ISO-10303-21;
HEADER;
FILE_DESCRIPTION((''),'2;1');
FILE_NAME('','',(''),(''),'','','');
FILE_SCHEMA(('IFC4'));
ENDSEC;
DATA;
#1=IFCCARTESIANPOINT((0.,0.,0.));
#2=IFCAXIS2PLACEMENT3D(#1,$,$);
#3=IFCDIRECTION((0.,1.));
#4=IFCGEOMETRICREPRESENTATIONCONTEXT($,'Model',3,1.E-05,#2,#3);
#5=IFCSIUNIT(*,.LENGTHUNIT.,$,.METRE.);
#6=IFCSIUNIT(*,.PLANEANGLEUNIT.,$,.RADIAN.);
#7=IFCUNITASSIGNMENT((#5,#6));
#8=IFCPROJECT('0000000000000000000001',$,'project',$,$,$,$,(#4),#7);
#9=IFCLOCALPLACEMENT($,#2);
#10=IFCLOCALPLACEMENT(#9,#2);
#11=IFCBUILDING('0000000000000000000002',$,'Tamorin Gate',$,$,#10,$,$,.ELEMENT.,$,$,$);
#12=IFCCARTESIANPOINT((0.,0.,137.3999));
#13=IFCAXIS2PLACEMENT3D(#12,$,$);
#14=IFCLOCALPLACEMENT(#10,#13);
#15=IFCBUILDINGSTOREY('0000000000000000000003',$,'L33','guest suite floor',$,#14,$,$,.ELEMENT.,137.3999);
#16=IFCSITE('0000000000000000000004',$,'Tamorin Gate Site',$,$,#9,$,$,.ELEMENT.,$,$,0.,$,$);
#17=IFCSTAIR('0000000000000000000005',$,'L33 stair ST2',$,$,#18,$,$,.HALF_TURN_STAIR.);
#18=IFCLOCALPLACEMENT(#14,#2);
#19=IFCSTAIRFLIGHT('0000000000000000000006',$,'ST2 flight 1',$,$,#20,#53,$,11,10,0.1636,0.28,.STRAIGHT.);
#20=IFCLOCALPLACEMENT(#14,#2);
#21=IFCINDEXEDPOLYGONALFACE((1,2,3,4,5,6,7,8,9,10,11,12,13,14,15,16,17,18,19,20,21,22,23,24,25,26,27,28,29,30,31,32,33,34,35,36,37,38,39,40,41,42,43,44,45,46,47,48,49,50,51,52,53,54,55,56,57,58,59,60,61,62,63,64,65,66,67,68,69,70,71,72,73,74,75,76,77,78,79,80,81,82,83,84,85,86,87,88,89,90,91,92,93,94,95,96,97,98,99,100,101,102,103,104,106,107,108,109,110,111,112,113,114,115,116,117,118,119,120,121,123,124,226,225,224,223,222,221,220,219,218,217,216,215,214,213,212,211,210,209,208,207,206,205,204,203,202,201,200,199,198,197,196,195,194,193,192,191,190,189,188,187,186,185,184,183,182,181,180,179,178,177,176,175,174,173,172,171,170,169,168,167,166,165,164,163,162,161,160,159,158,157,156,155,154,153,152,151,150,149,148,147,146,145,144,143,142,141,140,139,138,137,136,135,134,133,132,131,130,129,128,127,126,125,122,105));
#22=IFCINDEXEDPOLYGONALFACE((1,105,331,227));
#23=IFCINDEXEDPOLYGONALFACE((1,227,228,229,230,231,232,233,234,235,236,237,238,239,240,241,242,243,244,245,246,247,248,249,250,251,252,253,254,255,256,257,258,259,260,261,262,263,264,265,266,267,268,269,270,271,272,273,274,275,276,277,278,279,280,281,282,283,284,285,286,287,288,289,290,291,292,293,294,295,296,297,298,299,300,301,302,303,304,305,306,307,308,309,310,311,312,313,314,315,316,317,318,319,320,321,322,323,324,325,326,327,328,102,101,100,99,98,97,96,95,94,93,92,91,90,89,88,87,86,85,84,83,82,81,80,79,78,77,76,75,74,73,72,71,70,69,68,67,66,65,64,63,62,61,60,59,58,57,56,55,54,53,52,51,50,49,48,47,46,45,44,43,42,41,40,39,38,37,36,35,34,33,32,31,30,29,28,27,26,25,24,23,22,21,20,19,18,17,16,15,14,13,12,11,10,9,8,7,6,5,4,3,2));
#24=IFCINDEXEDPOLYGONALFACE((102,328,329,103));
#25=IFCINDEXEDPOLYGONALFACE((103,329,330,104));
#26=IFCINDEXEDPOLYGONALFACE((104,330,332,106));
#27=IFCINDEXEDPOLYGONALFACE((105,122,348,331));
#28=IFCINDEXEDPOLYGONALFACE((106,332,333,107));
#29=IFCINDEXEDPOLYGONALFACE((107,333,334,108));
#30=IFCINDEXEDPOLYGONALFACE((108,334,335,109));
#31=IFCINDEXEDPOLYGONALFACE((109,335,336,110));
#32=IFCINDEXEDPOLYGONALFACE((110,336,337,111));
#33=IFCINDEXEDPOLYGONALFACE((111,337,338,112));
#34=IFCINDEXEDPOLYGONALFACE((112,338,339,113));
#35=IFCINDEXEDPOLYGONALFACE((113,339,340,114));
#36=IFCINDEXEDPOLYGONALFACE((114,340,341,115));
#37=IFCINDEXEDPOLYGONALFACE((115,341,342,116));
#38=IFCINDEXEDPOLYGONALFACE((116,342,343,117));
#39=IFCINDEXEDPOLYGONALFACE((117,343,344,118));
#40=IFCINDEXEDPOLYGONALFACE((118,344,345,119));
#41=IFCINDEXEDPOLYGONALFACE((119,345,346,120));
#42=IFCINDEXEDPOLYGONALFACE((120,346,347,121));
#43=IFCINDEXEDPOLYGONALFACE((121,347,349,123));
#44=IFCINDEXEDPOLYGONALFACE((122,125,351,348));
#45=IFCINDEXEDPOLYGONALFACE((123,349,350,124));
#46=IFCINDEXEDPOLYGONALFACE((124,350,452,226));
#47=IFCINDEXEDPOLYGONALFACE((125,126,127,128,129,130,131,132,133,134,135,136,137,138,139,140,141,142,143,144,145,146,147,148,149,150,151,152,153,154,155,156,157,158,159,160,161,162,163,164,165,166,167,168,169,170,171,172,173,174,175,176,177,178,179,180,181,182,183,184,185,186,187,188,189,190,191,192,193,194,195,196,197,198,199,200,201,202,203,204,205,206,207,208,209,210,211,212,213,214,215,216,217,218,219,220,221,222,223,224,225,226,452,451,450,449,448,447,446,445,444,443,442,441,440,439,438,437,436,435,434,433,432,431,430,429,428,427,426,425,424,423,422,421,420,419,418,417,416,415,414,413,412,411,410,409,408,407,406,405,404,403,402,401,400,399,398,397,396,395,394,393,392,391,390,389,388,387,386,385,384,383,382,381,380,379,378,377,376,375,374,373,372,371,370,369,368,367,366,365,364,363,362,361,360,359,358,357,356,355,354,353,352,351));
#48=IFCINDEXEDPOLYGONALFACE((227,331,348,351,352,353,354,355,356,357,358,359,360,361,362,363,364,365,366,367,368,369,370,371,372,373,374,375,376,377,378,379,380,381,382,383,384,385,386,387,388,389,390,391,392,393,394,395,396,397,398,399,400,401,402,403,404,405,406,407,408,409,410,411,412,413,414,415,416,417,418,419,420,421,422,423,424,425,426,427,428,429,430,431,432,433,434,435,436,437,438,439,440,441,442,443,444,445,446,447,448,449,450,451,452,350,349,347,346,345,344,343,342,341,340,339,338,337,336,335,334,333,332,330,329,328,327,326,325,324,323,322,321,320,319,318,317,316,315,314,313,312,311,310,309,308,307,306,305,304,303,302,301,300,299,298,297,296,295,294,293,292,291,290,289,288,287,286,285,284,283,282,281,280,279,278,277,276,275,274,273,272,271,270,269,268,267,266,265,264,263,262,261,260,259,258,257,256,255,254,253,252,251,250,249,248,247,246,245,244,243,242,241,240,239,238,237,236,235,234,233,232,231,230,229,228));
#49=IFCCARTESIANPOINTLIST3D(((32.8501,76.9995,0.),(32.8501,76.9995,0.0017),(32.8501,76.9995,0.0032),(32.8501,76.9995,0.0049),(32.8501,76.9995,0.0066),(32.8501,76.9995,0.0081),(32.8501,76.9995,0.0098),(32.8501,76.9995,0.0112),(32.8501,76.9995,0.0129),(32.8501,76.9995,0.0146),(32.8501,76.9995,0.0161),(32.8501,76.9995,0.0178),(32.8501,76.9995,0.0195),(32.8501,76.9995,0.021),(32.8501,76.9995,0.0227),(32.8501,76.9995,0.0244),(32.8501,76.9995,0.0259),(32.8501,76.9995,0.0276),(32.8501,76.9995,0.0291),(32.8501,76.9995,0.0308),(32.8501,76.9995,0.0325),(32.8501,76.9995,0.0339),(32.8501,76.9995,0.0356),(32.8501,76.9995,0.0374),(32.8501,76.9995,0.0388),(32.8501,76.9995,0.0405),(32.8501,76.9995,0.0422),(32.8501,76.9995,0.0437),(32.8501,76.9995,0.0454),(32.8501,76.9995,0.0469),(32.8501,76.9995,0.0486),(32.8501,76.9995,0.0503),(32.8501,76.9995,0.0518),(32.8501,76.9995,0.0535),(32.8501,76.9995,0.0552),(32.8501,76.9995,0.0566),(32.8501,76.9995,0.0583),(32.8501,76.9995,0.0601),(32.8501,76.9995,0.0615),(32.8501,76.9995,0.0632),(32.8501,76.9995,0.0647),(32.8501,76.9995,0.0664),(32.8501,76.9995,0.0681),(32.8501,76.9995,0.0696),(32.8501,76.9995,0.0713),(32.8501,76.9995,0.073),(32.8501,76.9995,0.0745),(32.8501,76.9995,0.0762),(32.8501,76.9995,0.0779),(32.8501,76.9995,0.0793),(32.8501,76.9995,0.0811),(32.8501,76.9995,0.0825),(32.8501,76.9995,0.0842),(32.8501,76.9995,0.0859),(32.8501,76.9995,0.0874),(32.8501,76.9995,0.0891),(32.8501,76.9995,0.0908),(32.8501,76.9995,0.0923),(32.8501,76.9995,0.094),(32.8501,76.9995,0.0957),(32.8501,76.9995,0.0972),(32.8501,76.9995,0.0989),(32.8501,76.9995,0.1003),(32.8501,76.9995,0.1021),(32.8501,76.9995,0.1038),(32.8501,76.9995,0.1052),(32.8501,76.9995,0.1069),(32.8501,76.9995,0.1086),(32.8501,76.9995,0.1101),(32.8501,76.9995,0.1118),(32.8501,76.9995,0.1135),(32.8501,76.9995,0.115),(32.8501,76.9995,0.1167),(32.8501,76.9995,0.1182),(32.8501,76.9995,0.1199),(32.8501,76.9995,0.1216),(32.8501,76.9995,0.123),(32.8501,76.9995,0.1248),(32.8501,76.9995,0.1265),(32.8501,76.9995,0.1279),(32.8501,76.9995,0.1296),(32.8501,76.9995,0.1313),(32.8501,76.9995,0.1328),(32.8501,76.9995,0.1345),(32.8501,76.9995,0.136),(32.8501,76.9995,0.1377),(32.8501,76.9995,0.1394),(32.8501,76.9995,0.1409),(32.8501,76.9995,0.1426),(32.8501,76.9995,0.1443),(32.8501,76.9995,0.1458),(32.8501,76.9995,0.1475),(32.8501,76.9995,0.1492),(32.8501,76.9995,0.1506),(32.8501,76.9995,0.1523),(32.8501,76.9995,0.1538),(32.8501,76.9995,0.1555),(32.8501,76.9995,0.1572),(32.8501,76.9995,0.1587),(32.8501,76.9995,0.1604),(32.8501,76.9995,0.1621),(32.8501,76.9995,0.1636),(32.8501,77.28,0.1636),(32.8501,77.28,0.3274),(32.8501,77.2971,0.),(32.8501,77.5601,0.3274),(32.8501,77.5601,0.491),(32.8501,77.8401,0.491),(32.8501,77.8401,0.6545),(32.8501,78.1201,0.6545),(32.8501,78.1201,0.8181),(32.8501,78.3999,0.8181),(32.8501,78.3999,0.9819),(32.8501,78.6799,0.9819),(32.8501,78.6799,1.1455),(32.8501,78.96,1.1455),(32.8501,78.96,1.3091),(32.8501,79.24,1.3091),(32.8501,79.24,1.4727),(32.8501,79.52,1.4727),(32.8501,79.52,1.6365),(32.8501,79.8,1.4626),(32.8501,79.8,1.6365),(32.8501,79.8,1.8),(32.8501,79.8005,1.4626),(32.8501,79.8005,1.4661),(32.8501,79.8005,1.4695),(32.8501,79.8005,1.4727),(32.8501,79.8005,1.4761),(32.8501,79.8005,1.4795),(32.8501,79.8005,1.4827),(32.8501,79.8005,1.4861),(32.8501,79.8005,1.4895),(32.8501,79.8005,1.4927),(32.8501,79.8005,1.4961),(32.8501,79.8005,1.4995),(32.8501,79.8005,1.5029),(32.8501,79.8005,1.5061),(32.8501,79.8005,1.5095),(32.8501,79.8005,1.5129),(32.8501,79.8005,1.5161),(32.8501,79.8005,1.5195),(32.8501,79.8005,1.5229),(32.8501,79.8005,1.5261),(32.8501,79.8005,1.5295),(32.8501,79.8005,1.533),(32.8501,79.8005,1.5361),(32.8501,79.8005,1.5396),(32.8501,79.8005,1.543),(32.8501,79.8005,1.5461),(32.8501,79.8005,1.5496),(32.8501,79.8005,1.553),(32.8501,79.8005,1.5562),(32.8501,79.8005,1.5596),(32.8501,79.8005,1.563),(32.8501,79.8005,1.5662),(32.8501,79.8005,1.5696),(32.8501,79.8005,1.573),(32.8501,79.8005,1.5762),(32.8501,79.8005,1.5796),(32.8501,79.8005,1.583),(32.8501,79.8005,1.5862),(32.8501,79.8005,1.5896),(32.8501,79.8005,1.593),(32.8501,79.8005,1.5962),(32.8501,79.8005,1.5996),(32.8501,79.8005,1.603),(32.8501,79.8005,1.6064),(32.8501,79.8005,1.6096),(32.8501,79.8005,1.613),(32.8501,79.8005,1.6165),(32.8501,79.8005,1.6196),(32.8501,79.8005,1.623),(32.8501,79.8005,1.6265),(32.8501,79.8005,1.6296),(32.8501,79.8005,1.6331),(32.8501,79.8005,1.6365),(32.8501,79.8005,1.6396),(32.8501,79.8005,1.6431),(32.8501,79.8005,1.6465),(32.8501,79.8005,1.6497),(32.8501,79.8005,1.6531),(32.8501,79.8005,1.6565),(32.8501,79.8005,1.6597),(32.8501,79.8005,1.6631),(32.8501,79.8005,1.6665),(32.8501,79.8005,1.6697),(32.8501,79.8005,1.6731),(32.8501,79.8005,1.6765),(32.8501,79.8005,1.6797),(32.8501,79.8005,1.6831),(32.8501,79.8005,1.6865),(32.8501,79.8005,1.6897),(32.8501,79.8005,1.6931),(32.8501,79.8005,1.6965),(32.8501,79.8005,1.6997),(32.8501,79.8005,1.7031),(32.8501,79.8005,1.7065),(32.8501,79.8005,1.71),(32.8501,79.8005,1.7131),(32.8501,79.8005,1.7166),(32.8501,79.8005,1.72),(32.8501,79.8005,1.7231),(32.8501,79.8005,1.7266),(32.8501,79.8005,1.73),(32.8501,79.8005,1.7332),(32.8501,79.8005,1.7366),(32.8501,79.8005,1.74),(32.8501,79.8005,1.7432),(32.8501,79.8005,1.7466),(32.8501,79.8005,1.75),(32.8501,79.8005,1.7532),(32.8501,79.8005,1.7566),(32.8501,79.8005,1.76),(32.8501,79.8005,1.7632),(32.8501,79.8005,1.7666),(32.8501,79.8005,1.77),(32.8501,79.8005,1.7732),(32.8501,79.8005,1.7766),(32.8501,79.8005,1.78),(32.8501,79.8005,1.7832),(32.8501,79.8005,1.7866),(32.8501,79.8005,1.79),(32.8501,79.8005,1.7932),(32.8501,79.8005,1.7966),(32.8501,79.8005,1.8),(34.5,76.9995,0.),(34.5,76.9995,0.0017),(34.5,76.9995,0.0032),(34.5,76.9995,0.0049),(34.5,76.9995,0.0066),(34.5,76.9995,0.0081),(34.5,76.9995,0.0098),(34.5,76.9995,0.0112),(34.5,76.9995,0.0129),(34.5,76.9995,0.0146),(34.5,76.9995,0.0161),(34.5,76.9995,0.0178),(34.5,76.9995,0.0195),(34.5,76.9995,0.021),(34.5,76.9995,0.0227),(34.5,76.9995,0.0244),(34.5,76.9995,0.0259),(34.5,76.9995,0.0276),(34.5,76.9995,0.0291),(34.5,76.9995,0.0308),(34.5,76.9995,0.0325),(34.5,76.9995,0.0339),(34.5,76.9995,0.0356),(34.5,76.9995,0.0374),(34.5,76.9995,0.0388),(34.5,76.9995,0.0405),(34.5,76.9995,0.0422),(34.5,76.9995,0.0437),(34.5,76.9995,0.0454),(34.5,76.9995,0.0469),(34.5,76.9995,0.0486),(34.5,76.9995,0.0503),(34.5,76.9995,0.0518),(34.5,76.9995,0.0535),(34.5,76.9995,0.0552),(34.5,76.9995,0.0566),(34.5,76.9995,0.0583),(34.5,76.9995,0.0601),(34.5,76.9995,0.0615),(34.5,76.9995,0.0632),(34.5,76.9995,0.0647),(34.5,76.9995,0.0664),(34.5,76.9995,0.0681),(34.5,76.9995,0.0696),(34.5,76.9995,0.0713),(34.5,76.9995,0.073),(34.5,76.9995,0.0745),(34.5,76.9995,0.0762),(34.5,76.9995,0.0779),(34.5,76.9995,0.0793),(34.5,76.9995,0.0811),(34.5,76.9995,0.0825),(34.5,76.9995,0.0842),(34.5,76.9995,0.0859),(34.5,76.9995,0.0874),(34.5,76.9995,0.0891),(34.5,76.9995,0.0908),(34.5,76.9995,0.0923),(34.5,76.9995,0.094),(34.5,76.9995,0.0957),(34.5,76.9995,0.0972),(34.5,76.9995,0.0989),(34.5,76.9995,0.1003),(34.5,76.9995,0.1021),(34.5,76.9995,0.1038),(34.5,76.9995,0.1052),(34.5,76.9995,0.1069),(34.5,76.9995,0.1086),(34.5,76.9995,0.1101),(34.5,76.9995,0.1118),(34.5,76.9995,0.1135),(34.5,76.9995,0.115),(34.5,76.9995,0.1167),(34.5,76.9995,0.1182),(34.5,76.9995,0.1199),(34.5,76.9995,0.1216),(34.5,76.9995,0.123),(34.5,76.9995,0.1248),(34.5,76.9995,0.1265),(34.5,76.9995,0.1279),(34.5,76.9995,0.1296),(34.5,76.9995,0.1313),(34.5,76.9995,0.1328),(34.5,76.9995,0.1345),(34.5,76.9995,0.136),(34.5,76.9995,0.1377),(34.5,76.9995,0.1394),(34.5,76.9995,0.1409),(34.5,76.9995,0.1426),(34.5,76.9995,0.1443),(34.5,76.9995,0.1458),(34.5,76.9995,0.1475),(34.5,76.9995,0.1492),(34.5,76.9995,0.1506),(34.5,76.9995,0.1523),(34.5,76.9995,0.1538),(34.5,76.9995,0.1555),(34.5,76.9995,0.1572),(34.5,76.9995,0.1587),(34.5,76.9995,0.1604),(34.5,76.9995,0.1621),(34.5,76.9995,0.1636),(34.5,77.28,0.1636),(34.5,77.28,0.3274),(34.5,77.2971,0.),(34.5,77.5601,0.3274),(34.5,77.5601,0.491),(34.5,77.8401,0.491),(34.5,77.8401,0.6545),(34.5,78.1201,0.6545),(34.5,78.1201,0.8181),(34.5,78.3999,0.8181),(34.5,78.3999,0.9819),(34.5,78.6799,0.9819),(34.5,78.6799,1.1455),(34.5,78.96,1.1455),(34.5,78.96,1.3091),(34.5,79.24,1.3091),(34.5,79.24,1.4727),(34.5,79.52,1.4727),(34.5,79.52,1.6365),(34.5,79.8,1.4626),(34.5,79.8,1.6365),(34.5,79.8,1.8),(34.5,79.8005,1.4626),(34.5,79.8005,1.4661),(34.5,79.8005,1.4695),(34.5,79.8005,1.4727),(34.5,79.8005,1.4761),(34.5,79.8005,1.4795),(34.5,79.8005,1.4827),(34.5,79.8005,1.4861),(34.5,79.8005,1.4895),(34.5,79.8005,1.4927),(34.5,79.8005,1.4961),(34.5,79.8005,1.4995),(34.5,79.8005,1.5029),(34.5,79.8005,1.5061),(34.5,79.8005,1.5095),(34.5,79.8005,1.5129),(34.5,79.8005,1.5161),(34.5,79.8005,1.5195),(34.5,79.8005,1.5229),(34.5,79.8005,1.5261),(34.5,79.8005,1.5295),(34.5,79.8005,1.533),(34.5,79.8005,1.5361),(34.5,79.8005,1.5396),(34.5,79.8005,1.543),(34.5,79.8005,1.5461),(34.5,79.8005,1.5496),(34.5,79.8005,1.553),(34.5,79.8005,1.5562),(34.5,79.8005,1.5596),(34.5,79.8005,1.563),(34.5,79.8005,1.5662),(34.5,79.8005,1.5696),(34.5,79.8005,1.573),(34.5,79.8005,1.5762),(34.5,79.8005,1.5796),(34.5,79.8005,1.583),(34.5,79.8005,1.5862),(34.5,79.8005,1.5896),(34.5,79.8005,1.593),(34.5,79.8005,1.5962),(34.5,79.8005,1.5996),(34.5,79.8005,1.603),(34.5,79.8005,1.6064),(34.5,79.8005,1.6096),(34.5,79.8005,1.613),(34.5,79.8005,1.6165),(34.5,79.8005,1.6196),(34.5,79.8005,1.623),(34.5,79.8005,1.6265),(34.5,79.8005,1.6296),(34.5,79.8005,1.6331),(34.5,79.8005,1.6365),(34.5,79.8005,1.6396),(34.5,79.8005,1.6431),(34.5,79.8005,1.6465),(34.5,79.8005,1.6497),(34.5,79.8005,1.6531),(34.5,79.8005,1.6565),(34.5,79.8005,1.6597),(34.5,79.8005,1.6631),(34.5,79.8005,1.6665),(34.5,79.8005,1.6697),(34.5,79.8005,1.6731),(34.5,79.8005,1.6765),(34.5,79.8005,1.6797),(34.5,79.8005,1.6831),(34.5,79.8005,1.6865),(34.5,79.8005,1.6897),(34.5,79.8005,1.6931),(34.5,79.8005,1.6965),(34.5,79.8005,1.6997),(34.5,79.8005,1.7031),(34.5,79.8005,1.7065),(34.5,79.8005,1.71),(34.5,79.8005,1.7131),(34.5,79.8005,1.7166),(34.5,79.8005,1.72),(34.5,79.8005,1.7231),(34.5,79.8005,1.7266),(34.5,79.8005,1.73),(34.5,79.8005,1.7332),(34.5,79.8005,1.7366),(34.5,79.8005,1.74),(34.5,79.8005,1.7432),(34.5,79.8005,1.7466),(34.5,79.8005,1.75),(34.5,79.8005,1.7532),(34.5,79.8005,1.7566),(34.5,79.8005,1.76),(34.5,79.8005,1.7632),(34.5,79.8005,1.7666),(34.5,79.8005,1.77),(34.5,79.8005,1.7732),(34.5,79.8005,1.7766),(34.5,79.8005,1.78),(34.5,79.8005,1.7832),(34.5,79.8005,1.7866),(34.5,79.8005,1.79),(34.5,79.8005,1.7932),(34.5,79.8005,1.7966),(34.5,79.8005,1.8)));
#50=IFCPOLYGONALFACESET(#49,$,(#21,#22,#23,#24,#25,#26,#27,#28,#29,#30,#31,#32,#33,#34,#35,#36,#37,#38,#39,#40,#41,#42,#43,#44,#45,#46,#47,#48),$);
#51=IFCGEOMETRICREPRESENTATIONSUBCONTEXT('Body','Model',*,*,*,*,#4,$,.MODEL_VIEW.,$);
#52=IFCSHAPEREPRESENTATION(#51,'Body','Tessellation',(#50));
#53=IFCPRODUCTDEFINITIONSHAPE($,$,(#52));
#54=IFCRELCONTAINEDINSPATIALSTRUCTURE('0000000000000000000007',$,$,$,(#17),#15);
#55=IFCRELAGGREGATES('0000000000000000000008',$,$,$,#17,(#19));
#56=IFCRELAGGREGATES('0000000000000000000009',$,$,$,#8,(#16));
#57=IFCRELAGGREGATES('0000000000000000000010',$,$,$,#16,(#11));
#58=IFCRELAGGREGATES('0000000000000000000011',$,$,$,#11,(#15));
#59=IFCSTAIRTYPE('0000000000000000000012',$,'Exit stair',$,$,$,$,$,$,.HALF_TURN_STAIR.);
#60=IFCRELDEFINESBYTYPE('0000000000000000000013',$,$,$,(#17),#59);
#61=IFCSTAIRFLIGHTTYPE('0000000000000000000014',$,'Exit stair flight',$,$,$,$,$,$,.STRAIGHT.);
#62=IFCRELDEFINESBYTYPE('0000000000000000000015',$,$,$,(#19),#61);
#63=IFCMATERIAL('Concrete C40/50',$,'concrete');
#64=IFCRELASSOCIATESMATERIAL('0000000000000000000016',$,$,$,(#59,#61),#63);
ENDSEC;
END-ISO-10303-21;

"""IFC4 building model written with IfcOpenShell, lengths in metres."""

from ifc_helpers import new_model, si_unit, direction, frame, origin, place, context, subcontext, project, spatial, polyline, outline, extrude, material, type_object, element, aggregate, save


model = new_model("IFC4")

# Units and contexts
model_context = context("Model", 3, precision=1e-05, world=origin(), true_north=direction((0.0, 1.0)))
body_context = subcontext(model_context, "Body", "Model", "MODEL_VIEW")
ifc_project = project(units=[si_unit("LENGTHUNIT", "METRE"), si_unit("PLANEANGLEUNIT", "RADIAN")], contexts=[model_context])

# Site, building, storey
site_placement = place(None, origin())
site = spatial("IfcSite", under=ifc_project, at=site_placement, Name="Tamorin Gate Site", CompositionType="ELEMENT", RefElevation=0.0)
building_placement = place(site_placement, origin())
building = spatial("IfcBuilding", under=site, at=building_placement, Name="Tamorin Gate", CompositionType="ELEMENT")
storey_placement = place(building_placement, frame((0.0, 0.0, 137.3999)))
storey = spatial("IfcBuildingStorey", under=building, at=storey_placement, Name="L33", Description="guest suite floor", CompositionType="ELEMENT", Elevation=137.3999)

# Shared definitions
ifc_material_1 = material(Name="Concrete C40/50", Category="concrete")

# Stair, stair flight
stair_type = type_object("IfcStairType", Name="Exit stair", PredefinedType="HALF_TURN_STAIR", material=ifc_material_1)
stair_flight_type = type_object("IfcStairFlightType", Name="Exit stair flight", PredefinedType="STRAIGHT", material=ifc_material_1)
stair_1_placement = place(storey_placement, origin())
stair_1 = element("IfcStair", 1, at=stair_1_placement, inside=storey, type_object=stair_type, Name="L33 stair ST2", PredefinedType="HALF_TURN_STAIR")
stair_flight_1_placement = place(storey_placement, frame((33.675, 77.0, 0.0), z_axis=(0.0, 0.0, 1.0), x_axis=(0.0, 1.0, 0.0)))
stair_flight_1 = element("IfcStairFlight", 2, at=stair_flight_1_placement, type_object=stair_flight_type, Name="ST2 flight 1", NumberOfRisers=11, NumberOfTreads=10, PredefinedType="STRAIGHT", RiserHeight=0.1636, TreadLength=0.28, context=body_context, shape_type="SweptSolid", body=[
    extrude(outline(polyline([(-0.0005, 0.0), (-0.0005, 0.0017), (-0.0005, 0.0032), (-0.0005, 0.0049), (-0.0005, 0.0066), (-0.0005, 0.0081), (-0.0005, 0.0098), (-0.0005, 0.0112), (-0.0005, 0.0129), (-0.0005, 0.0146), (-0.0005, 0.0161), (-0.0005, 0.0178), (-0.0005, 0.0195), (-0.0005, 0.021), (-0.0005, 0.0227), (-0.0005, 0.0244), (-0.0005, 0.0259), (-0.0005, 0.0276), (-0.0005, 0.0291), (-0.0005, 0.0308), (-0.0005, 0.0325), (-0.0005, 0.0339), (-0.0005, 0.0356), (-0.0005, 0.0374), (-0.0005, 0.0388), (-0.0005, 0.0405), (-0.0005, 0.0422), (-0.0005, 0.0437), (-0.0005, 0.0454), (-0.0005, 0.0469), (-0.0005, 0.0486), (-0.0005, 0.0503), (-0.0005, 0.0518), (-0.0005, 0.0535), (-0.0005, 0.0552), (-0.0005, 0.0566), (-0.0005, 0.0583), (-0.0005, 0.0601), (-0.0005, 0.0615), (-0.0005, 0.0632), (-0.0005, 0.0647), (-0.0005, 0.0664), (-0.0005, 0.0681), (-0.0005, 0.0696), (-0.0005, 0.0713), (-0.0005, 0.073), (-0.0005, 0.0745), (-0.0005, 0.0762), (-0.0005, 0.0779), (-0.0005, 0.0793), (-0.0005, 0.0811), (-0.0005, 0.0825), (-0.0005, 0.0842), (-0.0005, 0.0859), (-0.0005, 0.0874), (-0.0005, 0.0891), (-0.0005, 0.0908), (-0.0005, 0.0923), (-0.0005, 0.094), (-0.0005, 0.0957), (-0.0005, 0.0972), (-0.0005, 0.0989), (-0.0005, 0.1003), (-0.0005, 0.1021), (-0.0005, 0.1038), (-0.0005, 0.1052), (-0.0005, 0.1069), (-0.0005, 0.1086), (-0.0005, 0.1101), (-0.0005, 0.1118), (-0.0005, 0.1135), (-0.0005, 0.115), (-0.0005, 0.1167), (-0.0005, 0.1182), (-0.0005, 0.1199), (-0.0005, 0.1216), (-0.0005, 0.123), (-0.0005, 0.1248), (-0.0005, 0.1265), (-0.0005, 0.1279), (-0.0005, 0.1296), (-0.0005, 0.1313), (-0.0005, 0.1328), (-0.0005, 0.1345), (-0.0005, 0.136), (-0.0005, 0.1377), (-0.0005, 0.1394), (-0.0005, 0.1409), (-0.0005, 0.1426), (-0.0005, 0.1443), (-0.0005, 0.1458), (-0.0005, 0.1475), (-0.0005, 0.1492), (-0.0005, 0.1506), (-0.0005, 0.1523), (-0.0005, 0.1538), (-0.0005, 0.1555), (-0.0005, 0.1572), (-0.0005, 0.1587), (-0.0005, 0.1604), (-0.0005, 0.1621), (-0.0005, 0.1636), (0.28, 0.1636), (0.28, 0.3274), (0.5601, 0.3274), (0.5601, 0.491), (0.8401, 0.491), (0.8401, 0.6545), (1.1201, 0.6545), (1.1201, 0.8181), (1.3999, 0.8181), (1.3999, 0.9819), (1.6799, 0.9819), (1.6799, 1.1455), (1.96, 1.1455), (1.96, 1.3091), (2.24, 1.3091), (2.24, 1.4727), (2.52, 1.4727), (2.52, 1.6365), (2.8, 1.6365), (2.8, 1.8), (2.8005, 1.8), (2.8005, 1.7966), (2.8005, 1.7932), (2.8005, 1.79), (2.8005, 1.7866), (2.8005, 1.7832), (2.8005, 1.78), (2.8005, 1.7766), (2.8005, 1.7732), (2.8005, 1.77), (2.8005, 1.7666), (2.8005, 1.7632), (2.8005, 1.76), (2.8005, 1.7566), (2.8005, 1.7532), (2.8005, 1.75), (2.8005, 1.7466), (2.8005, 1.7432), (2.8005, 1.74), (2.8005, 1.7366), (2.8005, 1.7332), (2.8005, 1.73), (2.8005, 1.7266), (2.8005, 1.7231), (2.8005, 1.72), (2.8005, 1.7166), (2.8005, 1.7131), (2.8005, 1.71), (2.8005, 1.7065), (2.8005, 1.7031), (2.8005, 1.6997), (2.8005, 1.6965), (2.8005, 1.6931), (2.8005, 1.6897), (2.8005, 1.6865), (2.8005, 1.6831), (2.8005, 1.6797), (2.8005, 1.6765), (2.8005, 1.6731), (2.8005, 1.6697), (2.8005, 1.6665), (2.8005, 1.6631), (2.8005, 1.6597), (2.8005, 1.6565), (2.8005, 1.6531), (2.8005, 1.6497), (2.8005, 1.6465), (2.8005, 1.6431), (2.8005, 1.6396), (2.8005, 1.6365), (2.8005, 1.6331), (2.8005, 1.6296), (2.8005, 1.6265), (2.8005, 1.623), (2.8005, 1.6196), (2.8005, 1.6165), (2.8005, 1.613), (2.8005, 1.6096), (2.8005, 1.6064), (2.8005, 1.603), (2.8005, 1.5996), (2.8005, 1.5962), (2.8005, 1.593), (2.8005, 1.5896), (2.8005, 1.5862), (2.8005, 1.583), (2.8005, 1.5796), (2.8005, 1.5762), (2.8005, 1.573), (2.8005, 1.5696), (2.8005, 1.5662), (2.8005, 1.563), (2.8005, 1.5596), (2.8005, 1.5562), (2.8005, 1.553), (2.8005, 1.5496), (2.8005, 1.5461), (2.8005, 1.543), (2.8005, 1.5396), (2.8005, 1.5361), (2.8005, 1.533), (2.8005, 1.5295), (2.8005, 1.5261), (2.8005, 1.5229), (2.8005, 1.5195), (2.8005, 1.5161), (2.8005, 1.5129), (2.8005, 1.5095), (2.8005, 1.5061), (2.8005, 1.5029), (2.8005, 1.4995), (2.8005, 1.4961), (2.8005, 1.4927), (2.8005, 1.4895), (2.8005, 1.4861), (2.8005, 1.4827), (2.8005, 1.4795), (2.8005, 1.4761), (2.8005, 1.4727), (2.8005, 1.4695), (2.8005, 1.4661), (2.8005, 1.4626), (2.8, 1.4626), (0.2971, 0.0), (-0.0005, 0.0)])), frame((0.0, 0.825, 0.0), z_axis=(0.0, -1.0, 0.0), x_axis=(1.0, 0.0, 0.0)), (0.0, 0.0, 1.0), 1.6499),
])
aggregate(stair_1, [stair_flight_1])

save(model, "model.ifc")
